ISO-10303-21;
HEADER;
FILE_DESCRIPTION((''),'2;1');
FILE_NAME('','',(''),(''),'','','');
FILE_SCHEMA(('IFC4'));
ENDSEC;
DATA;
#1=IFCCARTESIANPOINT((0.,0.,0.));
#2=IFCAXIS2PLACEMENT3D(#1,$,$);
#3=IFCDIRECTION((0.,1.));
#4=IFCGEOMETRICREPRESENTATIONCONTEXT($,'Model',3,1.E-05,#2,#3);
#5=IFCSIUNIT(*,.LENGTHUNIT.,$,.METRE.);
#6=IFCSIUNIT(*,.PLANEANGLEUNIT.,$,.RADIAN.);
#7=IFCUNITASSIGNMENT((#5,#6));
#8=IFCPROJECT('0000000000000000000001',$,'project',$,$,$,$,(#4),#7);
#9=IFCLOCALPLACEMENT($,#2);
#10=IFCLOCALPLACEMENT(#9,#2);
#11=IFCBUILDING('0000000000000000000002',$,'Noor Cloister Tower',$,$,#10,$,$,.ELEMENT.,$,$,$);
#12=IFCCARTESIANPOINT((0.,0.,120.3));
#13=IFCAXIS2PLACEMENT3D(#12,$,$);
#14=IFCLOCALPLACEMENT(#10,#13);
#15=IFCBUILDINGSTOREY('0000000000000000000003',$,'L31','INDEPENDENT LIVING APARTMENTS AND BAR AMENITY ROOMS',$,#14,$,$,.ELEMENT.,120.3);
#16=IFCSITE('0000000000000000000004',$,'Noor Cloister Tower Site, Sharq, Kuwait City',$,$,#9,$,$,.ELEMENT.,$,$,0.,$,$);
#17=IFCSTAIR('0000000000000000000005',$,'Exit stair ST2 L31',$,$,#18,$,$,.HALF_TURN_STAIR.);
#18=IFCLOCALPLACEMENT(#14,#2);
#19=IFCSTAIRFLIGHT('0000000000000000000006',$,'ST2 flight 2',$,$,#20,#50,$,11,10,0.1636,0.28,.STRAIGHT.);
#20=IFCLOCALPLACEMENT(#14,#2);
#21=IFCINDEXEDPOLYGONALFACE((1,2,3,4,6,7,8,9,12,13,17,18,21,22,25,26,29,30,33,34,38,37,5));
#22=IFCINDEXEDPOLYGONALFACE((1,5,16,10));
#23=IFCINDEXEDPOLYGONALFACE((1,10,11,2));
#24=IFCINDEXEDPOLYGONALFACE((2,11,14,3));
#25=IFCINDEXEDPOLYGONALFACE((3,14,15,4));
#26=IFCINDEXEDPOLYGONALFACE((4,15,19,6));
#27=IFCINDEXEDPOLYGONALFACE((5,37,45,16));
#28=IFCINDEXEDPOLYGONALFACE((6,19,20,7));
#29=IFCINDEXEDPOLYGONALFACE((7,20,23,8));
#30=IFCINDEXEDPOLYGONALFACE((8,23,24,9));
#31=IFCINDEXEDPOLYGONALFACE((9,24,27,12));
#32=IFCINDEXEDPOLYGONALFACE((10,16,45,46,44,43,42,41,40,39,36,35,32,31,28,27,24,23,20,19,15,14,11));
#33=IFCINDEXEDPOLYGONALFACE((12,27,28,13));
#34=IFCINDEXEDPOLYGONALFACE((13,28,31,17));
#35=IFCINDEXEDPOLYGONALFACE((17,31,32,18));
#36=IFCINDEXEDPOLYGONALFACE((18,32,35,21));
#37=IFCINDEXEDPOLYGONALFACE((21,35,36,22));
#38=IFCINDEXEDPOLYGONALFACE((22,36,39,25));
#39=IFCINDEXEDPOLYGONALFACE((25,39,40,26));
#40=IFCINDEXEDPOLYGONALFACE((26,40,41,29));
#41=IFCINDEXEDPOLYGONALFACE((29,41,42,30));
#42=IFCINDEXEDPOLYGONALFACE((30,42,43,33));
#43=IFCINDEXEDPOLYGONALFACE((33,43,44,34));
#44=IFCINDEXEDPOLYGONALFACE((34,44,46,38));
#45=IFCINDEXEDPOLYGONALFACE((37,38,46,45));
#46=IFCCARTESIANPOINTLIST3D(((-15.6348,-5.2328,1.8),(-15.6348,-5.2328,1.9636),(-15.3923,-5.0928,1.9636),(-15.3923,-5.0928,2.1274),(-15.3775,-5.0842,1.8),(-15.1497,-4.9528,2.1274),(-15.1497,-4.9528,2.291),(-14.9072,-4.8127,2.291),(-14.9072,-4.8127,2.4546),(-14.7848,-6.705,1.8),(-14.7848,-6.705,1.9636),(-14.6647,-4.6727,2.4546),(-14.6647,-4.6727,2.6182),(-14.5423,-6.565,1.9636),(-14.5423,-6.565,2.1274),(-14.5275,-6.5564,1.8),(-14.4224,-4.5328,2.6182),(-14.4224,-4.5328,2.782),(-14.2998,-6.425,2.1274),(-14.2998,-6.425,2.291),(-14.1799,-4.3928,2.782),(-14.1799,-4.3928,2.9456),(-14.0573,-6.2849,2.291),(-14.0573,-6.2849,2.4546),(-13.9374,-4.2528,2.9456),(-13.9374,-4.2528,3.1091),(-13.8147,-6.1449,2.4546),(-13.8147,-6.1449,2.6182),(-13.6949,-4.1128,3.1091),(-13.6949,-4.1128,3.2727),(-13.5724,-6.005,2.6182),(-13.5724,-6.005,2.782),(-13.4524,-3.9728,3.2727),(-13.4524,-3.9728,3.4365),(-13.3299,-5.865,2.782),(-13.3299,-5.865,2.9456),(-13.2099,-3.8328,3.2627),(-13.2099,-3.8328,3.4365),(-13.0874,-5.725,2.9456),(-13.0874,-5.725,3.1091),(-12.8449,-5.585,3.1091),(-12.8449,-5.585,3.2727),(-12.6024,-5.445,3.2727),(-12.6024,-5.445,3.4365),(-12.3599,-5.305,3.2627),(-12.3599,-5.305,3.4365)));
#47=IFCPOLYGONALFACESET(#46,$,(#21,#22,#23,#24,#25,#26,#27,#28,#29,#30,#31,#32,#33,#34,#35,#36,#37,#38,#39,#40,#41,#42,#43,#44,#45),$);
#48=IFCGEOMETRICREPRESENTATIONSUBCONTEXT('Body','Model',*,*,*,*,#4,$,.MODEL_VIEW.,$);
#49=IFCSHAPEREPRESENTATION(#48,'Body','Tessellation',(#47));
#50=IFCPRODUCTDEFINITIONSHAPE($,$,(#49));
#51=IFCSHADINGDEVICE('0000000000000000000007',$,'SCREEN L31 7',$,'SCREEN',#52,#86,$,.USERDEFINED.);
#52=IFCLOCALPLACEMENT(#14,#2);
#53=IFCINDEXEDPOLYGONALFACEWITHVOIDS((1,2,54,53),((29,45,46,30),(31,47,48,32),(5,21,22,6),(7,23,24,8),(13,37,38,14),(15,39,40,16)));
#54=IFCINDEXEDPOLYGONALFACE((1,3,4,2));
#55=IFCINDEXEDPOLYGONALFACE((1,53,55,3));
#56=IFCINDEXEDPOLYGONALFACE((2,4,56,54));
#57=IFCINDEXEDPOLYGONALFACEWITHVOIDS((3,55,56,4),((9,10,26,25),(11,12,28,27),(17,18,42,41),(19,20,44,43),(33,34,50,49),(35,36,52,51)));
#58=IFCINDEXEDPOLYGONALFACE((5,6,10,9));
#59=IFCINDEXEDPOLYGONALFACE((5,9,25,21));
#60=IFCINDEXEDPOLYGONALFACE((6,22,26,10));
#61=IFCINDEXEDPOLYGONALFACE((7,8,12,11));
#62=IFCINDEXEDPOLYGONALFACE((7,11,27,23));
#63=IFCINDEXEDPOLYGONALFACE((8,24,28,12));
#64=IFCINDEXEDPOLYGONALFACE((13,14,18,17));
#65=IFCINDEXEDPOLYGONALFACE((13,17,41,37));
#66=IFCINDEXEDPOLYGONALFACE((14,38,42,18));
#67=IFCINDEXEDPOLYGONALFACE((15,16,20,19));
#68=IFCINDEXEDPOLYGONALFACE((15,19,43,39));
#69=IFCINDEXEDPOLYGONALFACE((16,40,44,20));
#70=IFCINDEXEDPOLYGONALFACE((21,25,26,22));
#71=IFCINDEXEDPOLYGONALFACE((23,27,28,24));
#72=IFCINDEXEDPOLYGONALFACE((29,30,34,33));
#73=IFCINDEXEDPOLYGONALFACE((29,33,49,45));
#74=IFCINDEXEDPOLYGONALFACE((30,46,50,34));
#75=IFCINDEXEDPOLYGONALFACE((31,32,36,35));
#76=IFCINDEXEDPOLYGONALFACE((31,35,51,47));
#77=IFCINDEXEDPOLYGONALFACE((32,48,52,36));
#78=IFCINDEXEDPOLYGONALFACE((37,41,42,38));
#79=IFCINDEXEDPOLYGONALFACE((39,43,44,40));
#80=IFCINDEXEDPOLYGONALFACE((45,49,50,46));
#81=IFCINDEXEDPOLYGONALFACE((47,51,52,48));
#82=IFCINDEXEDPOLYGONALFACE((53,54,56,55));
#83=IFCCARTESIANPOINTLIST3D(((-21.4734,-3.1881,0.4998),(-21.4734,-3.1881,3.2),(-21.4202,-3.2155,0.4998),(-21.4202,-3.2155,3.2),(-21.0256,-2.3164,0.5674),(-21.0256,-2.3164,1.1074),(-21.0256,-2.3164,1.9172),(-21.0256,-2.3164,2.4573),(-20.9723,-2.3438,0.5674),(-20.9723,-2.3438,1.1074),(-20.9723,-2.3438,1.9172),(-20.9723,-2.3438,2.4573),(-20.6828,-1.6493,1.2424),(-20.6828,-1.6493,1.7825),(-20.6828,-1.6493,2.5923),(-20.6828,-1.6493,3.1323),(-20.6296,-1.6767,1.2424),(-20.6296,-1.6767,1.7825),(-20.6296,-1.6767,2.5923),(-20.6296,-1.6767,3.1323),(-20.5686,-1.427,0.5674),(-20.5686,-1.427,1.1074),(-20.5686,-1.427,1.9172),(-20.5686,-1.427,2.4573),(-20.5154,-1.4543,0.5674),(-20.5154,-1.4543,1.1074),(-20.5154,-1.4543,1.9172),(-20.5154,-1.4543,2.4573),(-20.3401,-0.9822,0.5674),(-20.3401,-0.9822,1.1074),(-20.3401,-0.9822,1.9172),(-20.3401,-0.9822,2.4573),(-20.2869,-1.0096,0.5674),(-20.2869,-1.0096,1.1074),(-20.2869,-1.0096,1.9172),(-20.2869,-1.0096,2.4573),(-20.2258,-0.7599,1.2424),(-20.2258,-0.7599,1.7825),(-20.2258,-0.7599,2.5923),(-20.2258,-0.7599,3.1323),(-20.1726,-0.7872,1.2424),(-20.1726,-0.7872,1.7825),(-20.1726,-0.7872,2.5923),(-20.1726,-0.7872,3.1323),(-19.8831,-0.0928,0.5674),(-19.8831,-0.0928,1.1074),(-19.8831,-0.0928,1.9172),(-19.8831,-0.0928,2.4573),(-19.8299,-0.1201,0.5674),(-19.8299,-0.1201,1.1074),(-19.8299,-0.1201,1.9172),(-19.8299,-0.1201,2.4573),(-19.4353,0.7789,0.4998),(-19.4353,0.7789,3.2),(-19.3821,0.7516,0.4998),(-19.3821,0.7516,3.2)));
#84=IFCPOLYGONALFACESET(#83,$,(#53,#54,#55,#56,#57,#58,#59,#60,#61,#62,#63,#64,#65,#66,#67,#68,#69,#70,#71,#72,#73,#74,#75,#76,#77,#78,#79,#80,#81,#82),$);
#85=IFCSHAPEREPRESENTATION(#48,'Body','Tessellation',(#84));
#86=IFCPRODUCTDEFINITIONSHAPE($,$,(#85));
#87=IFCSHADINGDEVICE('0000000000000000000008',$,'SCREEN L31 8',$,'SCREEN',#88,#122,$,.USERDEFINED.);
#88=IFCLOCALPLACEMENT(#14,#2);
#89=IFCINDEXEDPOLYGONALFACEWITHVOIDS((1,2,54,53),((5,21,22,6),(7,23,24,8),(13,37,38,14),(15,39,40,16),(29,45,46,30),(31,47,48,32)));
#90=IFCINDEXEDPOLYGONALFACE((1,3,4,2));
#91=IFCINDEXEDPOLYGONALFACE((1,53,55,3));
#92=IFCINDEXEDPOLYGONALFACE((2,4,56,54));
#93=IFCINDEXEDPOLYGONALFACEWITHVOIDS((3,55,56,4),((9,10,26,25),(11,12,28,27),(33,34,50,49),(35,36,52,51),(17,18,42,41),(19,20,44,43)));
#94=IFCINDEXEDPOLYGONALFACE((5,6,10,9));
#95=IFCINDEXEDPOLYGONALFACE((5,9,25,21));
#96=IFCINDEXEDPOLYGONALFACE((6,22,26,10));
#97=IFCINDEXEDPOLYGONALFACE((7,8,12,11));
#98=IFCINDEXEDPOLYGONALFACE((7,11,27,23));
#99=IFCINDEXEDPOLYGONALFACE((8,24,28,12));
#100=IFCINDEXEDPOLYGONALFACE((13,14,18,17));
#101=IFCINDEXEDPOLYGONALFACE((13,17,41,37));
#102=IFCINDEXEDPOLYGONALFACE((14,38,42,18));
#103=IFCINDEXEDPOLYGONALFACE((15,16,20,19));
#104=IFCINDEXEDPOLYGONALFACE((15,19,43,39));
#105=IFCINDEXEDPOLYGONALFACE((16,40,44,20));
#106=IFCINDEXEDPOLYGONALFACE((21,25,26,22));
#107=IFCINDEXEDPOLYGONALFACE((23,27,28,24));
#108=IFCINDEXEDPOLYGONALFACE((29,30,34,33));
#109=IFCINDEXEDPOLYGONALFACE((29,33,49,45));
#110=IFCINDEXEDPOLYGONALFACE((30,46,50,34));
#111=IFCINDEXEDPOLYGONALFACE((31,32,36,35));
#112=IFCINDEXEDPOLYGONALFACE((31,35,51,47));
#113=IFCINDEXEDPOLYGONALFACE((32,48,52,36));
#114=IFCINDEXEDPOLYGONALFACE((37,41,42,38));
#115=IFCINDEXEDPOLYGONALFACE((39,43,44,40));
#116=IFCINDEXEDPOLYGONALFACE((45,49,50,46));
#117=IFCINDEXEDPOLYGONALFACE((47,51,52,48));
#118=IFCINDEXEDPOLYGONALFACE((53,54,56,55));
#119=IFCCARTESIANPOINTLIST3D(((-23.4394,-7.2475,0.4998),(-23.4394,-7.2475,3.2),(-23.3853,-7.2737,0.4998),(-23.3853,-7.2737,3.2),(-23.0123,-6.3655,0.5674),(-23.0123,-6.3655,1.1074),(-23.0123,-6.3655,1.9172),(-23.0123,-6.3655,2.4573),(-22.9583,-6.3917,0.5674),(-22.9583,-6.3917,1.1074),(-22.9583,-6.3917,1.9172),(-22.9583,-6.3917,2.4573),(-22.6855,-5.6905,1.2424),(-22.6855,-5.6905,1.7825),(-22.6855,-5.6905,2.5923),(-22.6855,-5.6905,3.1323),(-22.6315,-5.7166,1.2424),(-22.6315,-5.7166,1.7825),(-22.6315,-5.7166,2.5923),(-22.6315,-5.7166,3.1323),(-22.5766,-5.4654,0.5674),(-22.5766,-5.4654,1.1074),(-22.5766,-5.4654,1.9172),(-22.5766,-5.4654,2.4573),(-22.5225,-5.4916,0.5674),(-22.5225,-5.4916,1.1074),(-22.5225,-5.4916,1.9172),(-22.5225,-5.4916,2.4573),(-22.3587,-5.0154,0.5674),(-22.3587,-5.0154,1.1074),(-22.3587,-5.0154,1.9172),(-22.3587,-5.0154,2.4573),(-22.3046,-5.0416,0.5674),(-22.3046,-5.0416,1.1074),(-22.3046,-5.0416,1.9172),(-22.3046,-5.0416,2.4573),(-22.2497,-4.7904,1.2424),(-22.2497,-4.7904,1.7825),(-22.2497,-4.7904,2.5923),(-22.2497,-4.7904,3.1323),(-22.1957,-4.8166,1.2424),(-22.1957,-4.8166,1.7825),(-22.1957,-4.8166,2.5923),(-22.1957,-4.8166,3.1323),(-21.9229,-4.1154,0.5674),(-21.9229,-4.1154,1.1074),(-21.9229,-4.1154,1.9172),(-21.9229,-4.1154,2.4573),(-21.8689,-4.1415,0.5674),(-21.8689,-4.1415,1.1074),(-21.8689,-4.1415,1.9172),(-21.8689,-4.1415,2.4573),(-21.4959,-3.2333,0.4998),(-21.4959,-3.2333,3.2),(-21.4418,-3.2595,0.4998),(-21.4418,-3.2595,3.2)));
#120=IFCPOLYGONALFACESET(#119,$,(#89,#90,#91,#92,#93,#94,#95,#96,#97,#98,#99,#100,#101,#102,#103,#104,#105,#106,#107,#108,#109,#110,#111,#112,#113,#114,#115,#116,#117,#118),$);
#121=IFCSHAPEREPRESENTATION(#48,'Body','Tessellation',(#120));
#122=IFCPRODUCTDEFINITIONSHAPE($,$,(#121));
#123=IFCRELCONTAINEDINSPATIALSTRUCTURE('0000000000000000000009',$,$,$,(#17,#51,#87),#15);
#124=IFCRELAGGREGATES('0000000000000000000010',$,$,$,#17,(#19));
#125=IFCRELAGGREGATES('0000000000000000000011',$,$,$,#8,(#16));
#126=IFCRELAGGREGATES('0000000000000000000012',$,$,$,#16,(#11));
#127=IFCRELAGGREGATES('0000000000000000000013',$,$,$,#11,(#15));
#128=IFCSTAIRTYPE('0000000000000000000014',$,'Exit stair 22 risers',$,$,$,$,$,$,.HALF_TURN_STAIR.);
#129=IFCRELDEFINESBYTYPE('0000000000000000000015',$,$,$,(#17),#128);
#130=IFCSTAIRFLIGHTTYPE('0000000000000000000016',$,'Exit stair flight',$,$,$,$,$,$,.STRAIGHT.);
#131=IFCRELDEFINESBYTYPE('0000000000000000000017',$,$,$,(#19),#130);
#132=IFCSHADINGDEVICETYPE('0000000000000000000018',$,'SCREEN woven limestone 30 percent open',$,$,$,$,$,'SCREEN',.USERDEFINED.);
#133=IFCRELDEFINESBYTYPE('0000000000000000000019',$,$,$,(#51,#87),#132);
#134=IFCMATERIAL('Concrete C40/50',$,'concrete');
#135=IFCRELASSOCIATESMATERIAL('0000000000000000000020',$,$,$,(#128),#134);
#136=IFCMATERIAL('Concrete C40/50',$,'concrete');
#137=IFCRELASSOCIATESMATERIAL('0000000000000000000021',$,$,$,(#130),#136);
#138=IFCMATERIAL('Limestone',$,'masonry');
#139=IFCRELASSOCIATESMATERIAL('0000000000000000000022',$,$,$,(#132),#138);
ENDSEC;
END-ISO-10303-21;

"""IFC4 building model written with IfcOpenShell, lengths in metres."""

from ifc_helpers import new_model, si_unit, direction, frame, origin, place, context, subcontext, project, spatial, polyline, outline, extrude, material, material_profile, profile_set, type_object, element, aggregate, save


model = new_model("IFC4")

# Units and contexts
model_context = context("Model", 3, precision=1e-05, world=origin(), true_north=direction((0.0, 1.0)))
body_context = subcontext(model_context, "Body", "Model", "MODEL_VIEW")
ifc_project = project(units=[si_unit("LENGTHUNIT", "METRE"), si_unit("PLANEANGLEUNIT", "RADIAN")], contexts=[model_context])

# Site, building, storey
site_placement = place(None, origin())
site = spatial("IfcSite", under=ifc_project, at=site_placement, Name="Noor Cloister Tower Site, Sharq, Kuwait City", CompositionType="ELEMENT", RefElevation=0.0)
building_placement = place(site_placement, origin())
building = spatial("IfcBuilding", under=site, at=building_placement, Name="Noor Cloister Tower", CompositionType="ELEMENT")
storey_placement = place(building_placement, frame((0.0, 0.0, 120.3)))
storey = spatial("IfcBuildingStorey", under=building, at=storey_placement, Name="L31", Description="INDEPENDENT LIVING APARTMENTS AND BAR AMENITY ROOMS", CompositionType="ELEMENT", Elevation=120.3)

# Stair, stair flight
ifc_material_1 = material(Name="Concrete C40/50", Category="concrete")
stair_type = type_object("IfcStairType", Name="Exit stair 22 risers", PredefinedType="HALF_TURN_STAIR", material=ifc_material_1)
stair_placement = place(storey_placement, origin())
stair = element("IfcStair", 1, at=stair_placement, inside=storey, type_object=stair_type, Name="Exit stair ST2 L31", PredefinedType="HALF_TURN_STAIR")
ifc_material_2 = material(Name="Concrete C40/50", Category="concrete")
stair_flight_type = type_object("IfcStairFlightType", Name="Exit stair flight", PredefinedType="STRAIGHT", material=ifc_material_2)
stair_flight_1_placement = place(storey_placement, frame((-15.2097, -5.969, 1.8), z_axis=(0.0, 0.0, 1.0), x_axis=(0.866025, 0.5, 0.0)))
stair_flight_1 = element("IfcStairFlight", 2, at=stair_flight_1_placement, type_object=stair_flight_type, Name="ST2 flight 2", NumberOfRisers=11, NumberOfTreads=10, PredefinedType="STRAIGHT", RiserHeight=0.1636, TreadLength=0.28, context=body_context, shape_type="SweptSolid", body=[
    extrude(outline(polyline([(0.0, 0.0), (0.0, 0.1636), (0.28, 0.1636), (0.28, 0.3274), (0.5601, 0.3274), (0.5601, 0.491), (0.8401, 0.491), (0.8401, 0.6545), (1.1201, 0.6545), (1.1201, 0.8181), (1.3999, 0.8181), (1.3999, 0.9819), (1.6799, 0.9819), (1.6799, 1.1455), (1.96, 1.1455), (1.96, 1.3091), (2.24, 1.3091), (2.24, 1.4727), (2.52, 1.4727), (2.52, 1.6365), (2.8, 1.6365), (2.8, 1.8), (2.8, 1.4626), (0.2971, 0.0), (0.0, 0.0)])), frame((0.0, 0.8501, 0.0), z_axis=(0.0, -1.0, 0.0), x_axis=(1.0, 0.0, 0.0)), (0.0, 0.0, 1.0), 1.7),
])
aggregate(stair, [stair_flight_1])

# Shading devices
ifc_material_3 = material(Name="Limestone", Category="masonry")
ifc_material_profile_1 = material_profile(ifc_material_3, outline(polyline([(-2.23, -1.3501), (2.23, -1.3501), (2.23, 1.3501), (-2.23, 1.3501), (-2.23, -1.3501)]), holes=[polyline([(-1.25, -1.2825), (-0.25, -1.2825), (-0.25, -0.7424), (-1.25, -0.7424), (-1.25, -1.2825)]), polyline([(0.25, -1.2825), (1.25, -1.2825), (1.25, -0.7424), (0.25, -0.7424), (0.25, -1.2825)]), polyline([(-0.5, -0.6074), (0.5, -0.6074), (0.5, -0.0674), (-0.5, -0.0674), (-0.5, -0.6074)]), polyline([(-1.25, 0.0674), (-0.25, 0.0674), (-0.25, 0.6074), (-1.25, 0.6074), (-1.25, 0.0674)]), polyline([(0.25, 0.0674), (1.25, 0.0674), (1.25, 0.6074), (0.25, 0.6074), (0.25, 0.0674)]), polyline([(-0.5, 0.7424), (0.5, 0.7424), (0.5, 1.2825), (-0.5, 1.2825), (-0.5, 0.7424)])]), Name="Woven screen 30 percent open")
ifc_profile_set_1 = profile_set([ifc_material_profile_1], Name="Limestone")
shading_device_type = type_object("IfcShadingDeviceType", Name="SCREEN woven limestone 30 percent open", ElementType="SCREEN", PredefinedType="USERDEFINED", material=ifc_profile_set_1)
shading_device_1_placement = place(storey_placement, frame((-20.4011, -1.2319, 1.8499), z_axis=(-0.889477, 0.456979, 0.0), x_axis=(-0.456979, -0.889477, 0.0)))
element("IfcShadingDevice", 3, at=shading_device_1_placement, inside=storey, type_object=shading_device_type, Name="SCREEN L31 7", ObjectType="SCREEN", PredefinedType="USERDEFINED", context=body_context, shape_type="SweptSolid", body=[
    extrude(outline(polyline([(-2.23, -1.3501), (2.23, -1.3501), (2.23, 1.3501), (-2.23, 1.3501), (-2.23, -1.3501)]), holes=[polyline([(-1.25, -1.2825), (-0.25, -1.2825), (-0.25, -0.7424), (-1.25, -0.7424), (-1.25, -1.2825)]), polyline([(0.25, -1.2825), (1.25, -1.2825), (1.25, -0.7424), (0.25, -0.7424), (0.25, -1.2825)]), polyline([(-0.5, -0.6074), (0.5, -0.6074), (0.5, -0.0674), (-0.5, -0.0674), (-0.5, -0.6074)]), polyline([(-1.25, 0.0674), (-0.25, 0.0674), (-0.25, 0.6074), (-1.25, 0.6074), (-1.25, 0.0674)]), polyline([(0.25, 0.0674), (1.25, 0.0674), (1.25, 0.6074), (0.25, 0.6074), (0.25, 0.0674)]), polyline([(-0.5, 0.7424), (0.5, 0.7424), (0.5, 1.2825), (-0.5, 1.2825), (-0.5, 0.7424)])]), origin(), (0.0, 0.0, 1.0), 0.0598),
])
shading_device_2_placement = place(storey_placement, frame((-22.4136, -5.2666, 1.8499), z_axis=(-0.900056, 0.435774, 0.0), x_axis=(-0.435774, -0.900056, 0.0)))
element("IfcShadingDevice", 4, at=shading_device_2_placement, inside=storey, type_object=shading_device_type, Name="SCREEN L31 8", ObjectType="SCREEN", PredefinedType="USERDEFINED", context=body_context, shape_type="SweptSolid", body=[
    extrude(outline(polyline([(-2.23, -1.3501), (2.23, -1.3501), (2.23, 1.3501), (-2.23, 1.3501), (-2.23, -1.3501)]), holes=[polyline([(-1.25, -1.2825), (-0.25, -1.2825), (-0.25, -0.7424), (-1.25, -0.7424), (-1.25, -1.2825)]), polyline([(0.25, -1.2825), (1.25, -1.2825), (1.25, -0.7424), (0.25, -0.7424), (0.25, -1.2825)]), polyline([(-0.5, -0.6074), (0.5, -0.6074), (0.5, -0.0674), (-0.5, -0.0674), (-0.5, -0.6074)]), polyline([(-1.25, 0.0674), (-0.25, 0.0674), (-0.25, 0.6074), (-1.25, 0.6074), (-1.25, 0.0674)]), polyline([(0.25, 0.0674), (1.25, 0.0674), (1.25, 0.6074), (0.25, 0.6074), (0.25, 0.0674)]), polyline([(-0.5, 0.7424), (0.5, 0.7424), (0.5, 1.2825), (-0.5, 1.2825), (-0.5, 0.7424)])]), origin(), (0.0, 0.0, 1.0), 0.0601),
])

save(model, "model.ifc")
